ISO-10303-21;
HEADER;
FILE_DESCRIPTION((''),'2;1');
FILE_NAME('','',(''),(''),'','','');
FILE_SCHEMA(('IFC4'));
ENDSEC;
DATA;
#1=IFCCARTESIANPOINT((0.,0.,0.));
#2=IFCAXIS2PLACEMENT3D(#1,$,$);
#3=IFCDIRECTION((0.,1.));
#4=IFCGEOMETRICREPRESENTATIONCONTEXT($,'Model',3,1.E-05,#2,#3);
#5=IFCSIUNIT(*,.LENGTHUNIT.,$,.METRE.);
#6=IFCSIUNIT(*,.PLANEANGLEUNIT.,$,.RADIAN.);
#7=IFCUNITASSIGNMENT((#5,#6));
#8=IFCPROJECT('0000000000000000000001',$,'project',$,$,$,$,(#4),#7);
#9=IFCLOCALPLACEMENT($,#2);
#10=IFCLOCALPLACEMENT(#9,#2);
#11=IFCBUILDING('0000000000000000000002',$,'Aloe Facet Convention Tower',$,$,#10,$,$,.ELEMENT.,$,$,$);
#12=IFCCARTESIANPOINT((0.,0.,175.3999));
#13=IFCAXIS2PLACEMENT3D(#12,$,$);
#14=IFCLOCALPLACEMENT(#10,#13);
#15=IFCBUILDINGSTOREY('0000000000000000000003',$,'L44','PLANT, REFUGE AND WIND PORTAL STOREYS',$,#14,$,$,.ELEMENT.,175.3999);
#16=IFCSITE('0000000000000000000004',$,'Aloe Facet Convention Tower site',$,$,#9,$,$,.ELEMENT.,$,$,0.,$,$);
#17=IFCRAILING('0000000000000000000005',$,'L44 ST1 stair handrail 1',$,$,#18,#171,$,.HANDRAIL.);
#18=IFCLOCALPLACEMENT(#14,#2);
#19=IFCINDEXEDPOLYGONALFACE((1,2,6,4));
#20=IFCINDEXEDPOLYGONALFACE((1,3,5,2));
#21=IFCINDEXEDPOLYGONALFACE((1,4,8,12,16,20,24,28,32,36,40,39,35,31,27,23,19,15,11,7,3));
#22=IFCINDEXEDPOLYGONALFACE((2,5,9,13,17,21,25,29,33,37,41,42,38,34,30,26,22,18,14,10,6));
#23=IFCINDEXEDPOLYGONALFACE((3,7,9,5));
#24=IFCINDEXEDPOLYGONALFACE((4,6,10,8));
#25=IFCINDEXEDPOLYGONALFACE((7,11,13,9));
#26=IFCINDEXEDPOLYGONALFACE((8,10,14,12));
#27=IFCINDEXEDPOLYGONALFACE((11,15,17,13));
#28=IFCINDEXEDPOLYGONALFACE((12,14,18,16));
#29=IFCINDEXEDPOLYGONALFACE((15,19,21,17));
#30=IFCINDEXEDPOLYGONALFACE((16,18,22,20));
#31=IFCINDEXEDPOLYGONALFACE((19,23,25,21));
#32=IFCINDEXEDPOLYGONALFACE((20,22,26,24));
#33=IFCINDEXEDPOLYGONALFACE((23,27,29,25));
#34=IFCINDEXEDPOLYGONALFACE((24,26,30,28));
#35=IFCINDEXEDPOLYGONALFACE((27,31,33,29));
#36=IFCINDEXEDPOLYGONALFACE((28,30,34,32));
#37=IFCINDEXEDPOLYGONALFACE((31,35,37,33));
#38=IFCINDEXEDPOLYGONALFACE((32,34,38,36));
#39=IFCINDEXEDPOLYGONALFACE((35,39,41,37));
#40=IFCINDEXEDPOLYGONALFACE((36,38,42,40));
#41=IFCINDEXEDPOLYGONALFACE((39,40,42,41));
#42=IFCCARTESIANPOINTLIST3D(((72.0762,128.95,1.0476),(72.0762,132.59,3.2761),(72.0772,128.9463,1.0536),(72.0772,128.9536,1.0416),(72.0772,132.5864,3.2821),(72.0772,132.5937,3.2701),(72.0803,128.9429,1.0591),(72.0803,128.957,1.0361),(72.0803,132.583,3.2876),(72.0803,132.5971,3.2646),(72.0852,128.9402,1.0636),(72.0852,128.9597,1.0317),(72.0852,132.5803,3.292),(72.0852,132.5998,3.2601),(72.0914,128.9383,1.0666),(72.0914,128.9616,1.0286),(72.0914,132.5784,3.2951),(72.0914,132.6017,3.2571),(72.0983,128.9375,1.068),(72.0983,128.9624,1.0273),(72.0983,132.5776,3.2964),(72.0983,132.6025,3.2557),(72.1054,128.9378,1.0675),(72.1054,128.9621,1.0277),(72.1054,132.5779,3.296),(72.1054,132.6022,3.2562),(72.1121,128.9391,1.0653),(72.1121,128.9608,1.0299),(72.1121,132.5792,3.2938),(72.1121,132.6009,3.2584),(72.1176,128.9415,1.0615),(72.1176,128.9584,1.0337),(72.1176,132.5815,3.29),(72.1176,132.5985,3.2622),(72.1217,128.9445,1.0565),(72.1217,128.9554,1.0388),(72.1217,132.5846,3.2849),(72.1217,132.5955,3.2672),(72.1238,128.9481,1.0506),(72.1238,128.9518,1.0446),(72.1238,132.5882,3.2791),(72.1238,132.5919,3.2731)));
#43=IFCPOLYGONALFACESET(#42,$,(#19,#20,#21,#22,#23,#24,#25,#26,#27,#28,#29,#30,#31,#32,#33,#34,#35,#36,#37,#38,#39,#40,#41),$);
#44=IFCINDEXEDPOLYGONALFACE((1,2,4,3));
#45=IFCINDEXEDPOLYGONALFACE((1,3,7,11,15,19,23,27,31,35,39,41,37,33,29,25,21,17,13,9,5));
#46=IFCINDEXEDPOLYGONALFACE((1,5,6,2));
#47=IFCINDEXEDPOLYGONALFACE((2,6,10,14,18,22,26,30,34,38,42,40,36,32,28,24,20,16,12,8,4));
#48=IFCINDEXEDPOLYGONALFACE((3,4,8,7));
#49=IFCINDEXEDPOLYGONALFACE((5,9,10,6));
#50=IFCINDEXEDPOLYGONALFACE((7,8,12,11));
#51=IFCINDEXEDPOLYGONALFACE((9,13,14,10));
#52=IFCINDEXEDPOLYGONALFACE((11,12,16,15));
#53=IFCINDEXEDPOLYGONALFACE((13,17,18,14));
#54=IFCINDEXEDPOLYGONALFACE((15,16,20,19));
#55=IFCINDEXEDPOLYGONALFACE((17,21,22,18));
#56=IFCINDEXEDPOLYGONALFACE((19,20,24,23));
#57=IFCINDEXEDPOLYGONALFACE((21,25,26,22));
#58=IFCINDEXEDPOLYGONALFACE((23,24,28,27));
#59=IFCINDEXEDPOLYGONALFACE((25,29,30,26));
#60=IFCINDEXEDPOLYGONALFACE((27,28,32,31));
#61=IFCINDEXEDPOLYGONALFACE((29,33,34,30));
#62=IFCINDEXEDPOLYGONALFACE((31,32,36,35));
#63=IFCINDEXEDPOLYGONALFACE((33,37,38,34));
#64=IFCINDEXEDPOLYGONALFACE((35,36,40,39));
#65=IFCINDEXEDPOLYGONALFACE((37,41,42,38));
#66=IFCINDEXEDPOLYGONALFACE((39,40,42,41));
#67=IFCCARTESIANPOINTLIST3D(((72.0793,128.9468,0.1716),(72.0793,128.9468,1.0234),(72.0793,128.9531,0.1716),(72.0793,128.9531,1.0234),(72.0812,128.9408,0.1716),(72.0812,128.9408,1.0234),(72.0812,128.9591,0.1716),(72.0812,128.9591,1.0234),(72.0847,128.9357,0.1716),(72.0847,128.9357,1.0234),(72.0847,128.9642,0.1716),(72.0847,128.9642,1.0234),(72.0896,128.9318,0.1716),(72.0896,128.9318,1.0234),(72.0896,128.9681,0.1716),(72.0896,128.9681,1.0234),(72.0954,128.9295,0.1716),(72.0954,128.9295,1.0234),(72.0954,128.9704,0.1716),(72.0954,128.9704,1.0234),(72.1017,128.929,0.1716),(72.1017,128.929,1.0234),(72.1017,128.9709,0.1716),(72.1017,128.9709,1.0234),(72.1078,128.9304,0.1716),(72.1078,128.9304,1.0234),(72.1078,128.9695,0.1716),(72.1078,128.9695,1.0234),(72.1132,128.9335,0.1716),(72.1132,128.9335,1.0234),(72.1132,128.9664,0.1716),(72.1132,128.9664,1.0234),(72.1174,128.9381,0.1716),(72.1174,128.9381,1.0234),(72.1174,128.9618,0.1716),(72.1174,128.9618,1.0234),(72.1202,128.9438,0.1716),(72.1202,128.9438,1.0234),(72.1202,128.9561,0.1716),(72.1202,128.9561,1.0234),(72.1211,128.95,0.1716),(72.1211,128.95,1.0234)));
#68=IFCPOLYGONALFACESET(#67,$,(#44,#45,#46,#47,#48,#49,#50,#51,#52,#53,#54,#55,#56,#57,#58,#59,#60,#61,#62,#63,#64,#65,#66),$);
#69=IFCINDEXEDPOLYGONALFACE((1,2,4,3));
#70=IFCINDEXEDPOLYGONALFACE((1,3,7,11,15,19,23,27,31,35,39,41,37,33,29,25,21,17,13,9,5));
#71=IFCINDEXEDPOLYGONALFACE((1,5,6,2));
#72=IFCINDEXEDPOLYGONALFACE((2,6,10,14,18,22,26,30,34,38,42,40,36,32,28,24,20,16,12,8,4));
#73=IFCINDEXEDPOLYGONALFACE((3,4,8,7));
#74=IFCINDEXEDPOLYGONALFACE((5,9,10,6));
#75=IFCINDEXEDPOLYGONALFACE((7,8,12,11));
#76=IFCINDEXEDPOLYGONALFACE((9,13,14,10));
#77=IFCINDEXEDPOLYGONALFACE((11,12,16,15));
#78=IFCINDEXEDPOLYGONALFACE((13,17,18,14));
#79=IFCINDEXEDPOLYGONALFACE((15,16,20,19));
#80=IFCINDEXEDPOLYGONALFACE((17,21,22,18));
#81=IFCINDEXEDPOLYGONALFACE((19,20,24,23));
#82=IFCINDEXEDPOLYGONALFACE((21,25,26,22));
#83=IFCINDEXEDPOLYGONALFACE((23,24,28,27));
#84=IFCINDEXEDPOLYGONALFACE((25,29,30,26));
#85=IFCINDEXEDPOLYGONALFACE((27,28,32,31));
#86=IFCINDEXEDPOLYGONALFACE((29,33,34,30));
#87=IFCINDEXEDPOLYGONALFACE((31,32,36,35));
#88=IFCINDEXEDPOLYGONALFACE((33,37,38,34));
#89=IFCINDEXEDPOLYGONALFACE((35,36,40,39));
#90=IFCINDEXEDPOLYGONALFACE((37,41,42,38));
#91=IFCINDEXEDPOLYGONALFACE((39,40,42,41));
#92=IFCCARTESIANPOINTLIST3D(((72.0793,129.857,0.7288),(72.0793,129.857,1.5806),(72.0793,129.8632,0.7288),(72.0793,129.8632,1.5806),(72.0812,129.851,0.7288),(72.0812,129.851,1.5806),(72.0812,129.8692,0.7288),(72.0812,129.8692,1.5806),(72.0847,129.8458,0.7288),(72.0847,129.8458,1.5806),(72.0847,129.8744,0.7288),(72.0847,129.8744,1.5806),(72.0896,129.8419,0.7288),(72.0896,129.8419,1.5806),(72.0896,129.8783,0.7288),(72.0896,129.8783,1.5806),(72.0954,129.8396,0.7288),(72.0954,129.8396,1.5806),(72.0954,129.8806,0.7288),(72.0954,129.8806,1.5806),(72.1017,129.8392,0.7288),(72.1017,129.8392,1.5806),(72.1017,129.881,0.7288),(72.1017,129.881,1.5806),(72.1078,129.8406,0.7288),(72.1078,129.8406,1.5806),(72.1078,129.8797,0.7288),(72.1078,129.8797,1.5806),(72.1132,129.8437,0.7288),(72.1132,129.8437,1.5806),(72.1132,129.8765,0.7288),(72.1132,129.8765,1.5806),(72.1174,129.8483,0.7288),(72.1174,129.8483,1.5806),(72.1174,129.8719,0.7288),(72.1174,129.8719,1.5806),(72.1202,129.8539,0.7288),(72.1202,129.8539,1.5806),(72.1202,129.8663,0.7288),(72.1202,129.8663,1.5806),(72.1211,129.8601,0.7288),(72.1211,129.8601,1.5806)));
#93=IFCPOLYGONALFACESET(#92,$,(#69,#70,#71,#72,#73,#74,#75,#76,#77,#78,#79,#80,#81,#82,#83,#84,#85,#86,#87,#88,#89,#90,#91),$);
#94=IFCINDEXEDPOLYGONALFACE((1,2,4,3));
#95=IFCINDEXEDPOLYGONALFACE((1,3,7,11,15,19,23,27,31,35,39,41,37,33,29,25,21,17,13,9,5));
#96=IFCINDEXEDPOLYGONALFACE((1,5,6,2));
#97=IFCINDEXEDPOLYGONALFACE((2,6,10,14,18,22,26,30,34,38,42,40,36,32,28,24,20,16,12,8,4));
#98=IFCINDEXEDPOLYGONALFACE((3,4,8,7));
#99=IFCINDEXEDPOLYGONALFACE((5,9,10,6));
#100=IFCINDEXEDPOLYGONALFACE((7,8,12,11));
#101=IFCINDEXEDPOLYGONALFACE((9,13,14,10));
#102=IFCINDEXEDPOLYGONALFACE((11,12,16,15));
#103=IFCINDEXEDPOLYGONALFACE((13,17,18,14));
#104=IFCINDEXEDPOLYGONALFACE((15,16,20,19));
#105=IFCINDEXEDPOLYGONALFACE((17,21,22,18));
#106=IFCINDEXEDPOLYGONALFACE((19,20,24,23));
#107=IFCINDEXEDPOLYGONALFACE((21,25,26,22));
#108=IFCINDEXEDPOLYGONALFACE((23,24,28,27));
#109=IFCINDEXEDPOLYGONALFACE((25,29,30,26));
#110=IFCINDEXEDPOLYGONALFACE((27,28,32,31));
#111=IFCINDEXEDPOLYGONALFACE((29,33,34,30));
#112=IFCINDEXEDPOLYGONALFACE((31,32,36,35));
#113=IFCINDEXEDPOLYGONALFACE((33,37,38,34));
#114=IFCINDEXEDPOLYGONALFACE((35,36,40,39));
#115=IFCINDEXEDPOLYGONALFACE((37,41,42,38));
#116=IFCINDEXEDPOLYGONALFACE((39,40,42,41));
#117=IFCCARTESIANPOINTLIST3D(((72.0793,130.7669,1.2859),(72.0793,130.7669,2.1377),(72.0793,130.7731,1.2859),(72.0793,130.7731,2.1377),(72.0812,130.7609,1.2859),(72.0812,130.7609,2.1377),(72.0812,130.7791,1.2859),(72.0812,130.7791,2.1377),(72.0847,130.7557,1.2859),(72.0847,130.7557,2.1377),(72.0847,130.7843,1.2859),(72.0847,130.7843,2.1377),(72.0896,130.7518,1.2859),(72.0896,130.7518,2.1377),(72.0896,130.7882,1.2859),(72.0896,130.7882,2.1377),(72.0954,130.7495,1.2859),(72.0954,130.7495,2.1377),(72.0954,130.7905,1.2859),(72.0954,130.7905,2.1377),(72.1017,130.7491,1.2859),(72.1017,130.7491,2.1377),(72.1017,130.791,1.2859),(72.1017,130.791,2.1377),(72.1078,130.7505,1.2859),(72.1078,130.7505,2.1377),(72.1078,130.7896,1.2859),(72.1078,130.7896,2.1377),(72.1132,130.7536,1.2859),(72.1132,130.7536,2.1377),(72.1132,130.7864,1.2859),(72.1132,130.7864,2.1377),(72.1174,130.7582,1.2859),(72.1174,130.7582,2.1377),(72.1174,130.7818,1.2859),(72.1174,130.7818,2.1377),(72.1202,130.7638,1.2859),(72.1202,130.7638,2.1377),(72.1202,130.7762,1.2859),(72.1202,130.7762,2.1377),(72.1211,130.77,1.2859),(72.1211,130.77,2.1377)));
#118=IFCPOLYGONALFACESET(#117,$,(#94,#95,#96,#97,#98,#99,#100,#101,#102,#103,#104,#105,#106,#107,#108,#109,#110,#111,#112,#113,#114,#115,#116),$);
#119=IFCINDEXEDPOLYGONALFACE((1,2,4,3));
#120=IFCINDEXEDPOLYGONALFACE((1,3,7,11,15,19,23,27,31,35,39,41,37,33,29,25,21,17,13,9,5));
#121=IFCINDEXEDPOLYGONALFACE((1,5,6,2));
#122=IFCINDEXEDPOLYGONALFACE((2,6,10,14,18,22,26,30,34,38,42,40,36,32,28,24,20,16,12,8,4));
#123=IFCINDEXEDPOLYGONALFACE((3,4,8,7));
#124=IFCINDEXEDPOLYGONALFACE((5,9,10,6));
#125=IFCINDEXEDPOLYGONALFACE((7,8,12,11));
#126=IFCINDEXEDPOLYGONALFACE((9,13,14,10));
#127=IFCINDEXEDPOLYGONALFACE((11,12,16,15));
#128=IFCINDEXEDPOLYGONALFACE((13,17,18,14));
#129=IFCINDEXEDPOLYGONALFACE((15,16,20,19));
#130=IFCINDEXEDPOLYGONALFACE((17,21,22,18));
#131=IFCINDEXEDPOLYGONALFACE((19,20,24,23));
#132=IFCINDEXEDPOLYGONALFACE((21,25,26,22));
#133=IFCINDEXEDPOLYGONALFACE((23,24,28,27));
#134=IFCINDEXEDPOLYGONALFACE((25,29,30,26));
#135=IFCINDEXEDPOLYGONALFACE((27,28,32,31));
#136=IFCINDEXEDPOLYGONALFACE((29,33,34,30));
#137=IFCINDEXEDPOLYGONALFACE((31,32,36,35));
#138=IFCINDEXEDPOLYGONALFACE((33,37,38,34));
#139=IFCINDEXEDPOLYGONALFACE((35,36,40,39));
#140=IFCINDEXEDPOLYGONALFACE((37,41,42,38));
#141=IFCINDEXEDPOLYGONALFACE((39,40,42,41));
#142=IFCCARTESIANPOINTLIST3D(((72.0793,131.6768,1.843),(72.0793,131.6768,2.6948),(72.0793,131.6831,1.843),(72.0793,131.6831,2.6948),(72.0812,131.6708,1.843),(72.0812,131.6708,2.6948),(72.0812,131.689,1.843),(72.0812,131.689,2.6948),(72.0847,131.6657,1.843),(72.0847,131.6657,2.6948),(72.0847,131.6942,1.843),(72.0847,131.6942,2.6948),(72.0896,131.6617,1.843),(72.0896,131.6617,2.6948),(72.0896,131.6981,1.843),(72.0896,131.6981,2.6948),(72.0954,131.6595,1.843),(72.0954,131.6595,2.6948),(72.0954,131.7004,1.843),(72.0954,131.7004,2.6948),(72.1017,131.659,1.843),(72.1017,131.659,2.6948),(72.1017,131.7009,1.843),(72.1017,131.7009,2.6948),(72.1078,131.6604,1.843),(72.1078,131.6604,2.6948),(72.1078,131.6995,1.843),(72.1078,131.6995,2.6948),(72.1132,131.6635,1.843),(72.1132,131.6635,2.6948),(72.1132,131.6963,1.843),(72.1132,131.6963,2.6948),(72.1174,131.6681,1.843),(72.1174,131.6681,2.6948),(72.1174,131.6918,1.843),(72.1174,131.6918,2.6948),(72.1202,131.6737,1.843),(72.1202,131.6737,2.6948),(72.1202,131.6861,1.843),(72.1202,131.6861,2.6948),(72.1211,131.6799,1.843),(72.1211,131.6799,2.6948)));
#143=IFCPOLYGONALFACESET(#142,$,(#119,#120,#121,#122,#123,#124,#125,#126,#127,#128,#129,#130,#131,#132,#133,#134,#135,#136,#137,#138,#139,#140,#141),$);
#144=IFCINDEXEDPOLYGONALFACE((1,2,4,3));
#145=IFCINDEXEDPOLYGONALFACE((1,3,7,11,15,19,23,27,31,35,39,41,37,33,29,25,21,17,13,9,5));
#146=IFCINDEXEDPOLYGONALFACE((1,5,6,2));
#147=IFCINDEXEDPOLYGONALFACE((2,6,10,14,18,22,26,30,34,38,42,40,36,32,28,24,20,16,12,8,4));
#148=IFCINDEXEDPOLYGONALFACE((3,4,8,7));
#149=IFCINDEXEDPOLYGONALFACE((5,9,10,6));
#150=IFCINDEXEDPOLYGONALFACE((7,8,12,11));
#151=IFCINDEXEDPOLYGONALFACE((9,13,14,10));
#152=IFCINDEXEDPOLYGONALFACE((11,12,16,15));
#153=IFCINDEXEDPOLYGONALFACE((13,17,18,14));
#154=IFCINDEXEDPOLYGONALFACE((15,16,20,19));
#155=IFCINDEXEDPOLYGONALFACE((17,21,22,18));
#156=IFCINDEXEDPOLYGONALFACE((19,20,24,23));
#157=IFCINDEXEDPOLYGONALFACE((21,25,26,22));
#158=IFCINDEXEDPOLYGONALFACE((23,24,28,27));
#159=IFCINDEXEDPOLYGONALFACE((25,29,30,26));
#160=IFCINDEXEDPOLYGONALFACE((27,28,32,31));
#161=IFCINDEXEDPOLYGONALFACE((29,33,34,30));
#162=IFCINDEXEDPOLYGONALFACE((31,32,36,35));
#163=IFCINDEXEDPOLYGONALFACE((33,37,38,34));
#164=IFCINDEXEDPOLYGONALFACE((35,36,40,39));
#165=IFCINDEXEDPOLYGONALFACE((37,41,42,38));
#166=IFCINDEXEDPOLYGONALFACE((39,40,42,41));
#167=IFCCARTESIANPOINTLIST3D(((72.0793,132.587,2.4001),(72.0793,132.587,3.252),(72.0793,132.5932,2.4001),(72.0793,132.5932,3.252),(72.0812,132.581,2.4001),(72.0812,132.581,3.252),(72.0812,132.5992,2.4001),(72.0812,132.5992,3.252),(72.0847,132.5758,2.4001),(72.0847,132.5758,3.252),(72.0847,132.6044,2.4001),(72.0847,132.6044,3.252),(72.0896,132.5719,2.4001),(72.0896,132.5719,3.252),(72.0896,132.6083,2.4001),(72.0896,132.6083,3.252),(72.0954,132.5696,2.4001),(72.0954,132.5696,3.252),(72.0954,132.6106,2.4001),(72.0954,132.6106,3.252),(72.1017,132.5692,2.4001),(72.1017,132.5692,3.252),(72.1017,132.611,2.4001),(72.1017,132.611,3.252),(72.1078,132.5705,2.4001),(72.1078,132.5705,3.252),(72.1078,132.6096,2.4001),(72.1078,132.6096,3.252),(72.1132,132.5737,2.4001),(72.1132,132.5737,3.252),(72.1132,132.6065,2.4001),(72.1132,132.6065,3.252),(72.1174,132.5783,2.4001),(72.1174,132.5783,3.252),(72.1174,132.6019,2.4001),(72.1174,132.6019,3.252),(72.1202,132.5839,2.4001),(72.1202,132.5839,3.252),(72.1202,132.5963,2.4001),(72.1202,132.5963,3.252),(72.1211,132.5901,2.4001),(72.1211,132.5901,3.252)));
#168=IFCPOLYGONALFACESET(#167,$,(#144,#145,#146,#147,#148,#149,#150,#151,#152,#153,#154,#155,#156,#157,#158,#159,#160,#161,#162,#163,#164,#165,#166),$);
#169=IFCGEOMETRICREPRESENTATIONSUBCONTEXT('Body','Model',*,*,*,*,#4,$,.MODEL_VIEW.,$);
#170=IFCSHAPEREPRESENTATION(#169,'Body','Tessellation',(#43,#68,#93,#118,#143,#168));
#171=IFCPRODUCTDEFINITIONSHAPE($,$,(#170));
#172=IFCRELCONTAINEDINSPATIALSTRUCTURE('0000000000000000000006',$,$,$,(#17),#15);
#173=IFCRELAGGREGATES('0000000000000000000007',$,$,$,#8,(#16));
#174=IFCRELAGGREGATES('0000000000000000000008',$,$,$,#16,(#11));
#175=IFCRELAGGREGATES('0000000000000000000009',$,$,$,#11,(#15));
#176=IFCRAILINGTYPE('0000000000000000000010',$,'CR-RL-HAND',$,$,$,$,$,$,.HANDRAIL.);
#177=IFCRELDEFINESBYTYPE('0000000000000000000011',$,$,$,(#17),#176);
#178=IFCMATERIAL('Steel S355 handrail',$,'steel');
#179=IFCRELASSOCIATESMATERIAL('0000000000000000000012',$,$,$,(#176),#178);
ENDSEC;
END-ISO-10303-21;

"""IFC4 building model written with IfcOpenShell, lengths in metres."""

from ifc_helpers import new_model, si_unit, direction, frame, origin, origin_2d, place, context, subcontext, project, spatial, circle, extrude, material, type_object, element, save


model = new_model("IFC4")

# Units and contexts
model_context = context("Model", 3, precision=1e-05, world=origin(), true_north=direction((0.0, 1.0)))
body_context = subcontext(model_context, "Body", "Model", "MODEL_VIEW")
ifc_project = project(units=[si_unit("LENGTHUNIT", "METRE"), si_unit("PLANEANGLEUNIT", "RADIAN")], contexts=[model_context])

# Site, building, storey
site_placement = place(None, origin())
site = spatial("IfcSite", under=ifc_project, at=site_placement, Name="Aloe Facet Convention Tower site", CompositionType="ELEMENT", RefElevation=0.0)
building_placement = place(site_placement, origin())
building = spatial("IfcBuilding", under=site, at=building_placement, Name="Aloe Facet Convention Tower", CompositionType="ELEMENT")
storey_placement = place(building_placement, frame((0.0, 0.0, 175.3999)))
storey = spatial("IfcBuildingStorey", under=building, at=storey_placement, Name="L44", Description="PLANT, REFUGE AND WIND PORTAL STOREYS", CompositionType="ELEMENT", Elevation=175.3999)

# Railing
ifc_material_1 = material(Name="Steel S355 handrail", Category="steel")
railing_type_1 = type_object("IfcRailingType", Name="CR-RL-HAND", PredefinedType="HANDRAIL", material=ifc_material_1)
railing_1_placement = place(storey_placement, frame((72.1001, 128.95, 0.1716)))
element("IfcRailing", 1, at=railing_1_placement, inside=storey, type_object=railing_type_1, Name="L44 ST1 stair handrail 1", PredefinedType="HANDRAIL", context=body_context, shape_type="SweptSolid", body=[
    extrude(circle(Radius=0.0239, at=origin_2d()), frame((0.0, 0.0, 0.876), z_axis=(0.0, 0.852866, 0.52213), x_axis=(-1.0, 0.0, 0.0)), (0.0, 0.0, 1.0), 4.2681),
    extrude(circle(Radius=0.021, at=origin_2d()), origin(), (0.0, 0.0, 1.0), 0.8518),
    extrude(circle(Radius=0.021, at=origin_2d()), frame((0.0, 0.9102, 0.5571)), (0.0, 0.0, 1.0), 0.8518),
    extrude(circle(Radius=0.021, at=origin_2d()), frame((0.0, 1.8201, 1.1143)), (0.0, 0.0, 1.0), 0.8518),
    extrude(circle(Radius=0.021, at=origin_2d()), frame((0.0, 2.73, 1.6714)), (0.0, 0.0, 1.0), 0.8518),
    extrude(circle(Radius=0.021, at=origin_2d()), frame((0.0, 3.6401, 2.2285)), (0.0, 0.0, 1.0), 0.8518),
])

save(model, "model.ifc")
